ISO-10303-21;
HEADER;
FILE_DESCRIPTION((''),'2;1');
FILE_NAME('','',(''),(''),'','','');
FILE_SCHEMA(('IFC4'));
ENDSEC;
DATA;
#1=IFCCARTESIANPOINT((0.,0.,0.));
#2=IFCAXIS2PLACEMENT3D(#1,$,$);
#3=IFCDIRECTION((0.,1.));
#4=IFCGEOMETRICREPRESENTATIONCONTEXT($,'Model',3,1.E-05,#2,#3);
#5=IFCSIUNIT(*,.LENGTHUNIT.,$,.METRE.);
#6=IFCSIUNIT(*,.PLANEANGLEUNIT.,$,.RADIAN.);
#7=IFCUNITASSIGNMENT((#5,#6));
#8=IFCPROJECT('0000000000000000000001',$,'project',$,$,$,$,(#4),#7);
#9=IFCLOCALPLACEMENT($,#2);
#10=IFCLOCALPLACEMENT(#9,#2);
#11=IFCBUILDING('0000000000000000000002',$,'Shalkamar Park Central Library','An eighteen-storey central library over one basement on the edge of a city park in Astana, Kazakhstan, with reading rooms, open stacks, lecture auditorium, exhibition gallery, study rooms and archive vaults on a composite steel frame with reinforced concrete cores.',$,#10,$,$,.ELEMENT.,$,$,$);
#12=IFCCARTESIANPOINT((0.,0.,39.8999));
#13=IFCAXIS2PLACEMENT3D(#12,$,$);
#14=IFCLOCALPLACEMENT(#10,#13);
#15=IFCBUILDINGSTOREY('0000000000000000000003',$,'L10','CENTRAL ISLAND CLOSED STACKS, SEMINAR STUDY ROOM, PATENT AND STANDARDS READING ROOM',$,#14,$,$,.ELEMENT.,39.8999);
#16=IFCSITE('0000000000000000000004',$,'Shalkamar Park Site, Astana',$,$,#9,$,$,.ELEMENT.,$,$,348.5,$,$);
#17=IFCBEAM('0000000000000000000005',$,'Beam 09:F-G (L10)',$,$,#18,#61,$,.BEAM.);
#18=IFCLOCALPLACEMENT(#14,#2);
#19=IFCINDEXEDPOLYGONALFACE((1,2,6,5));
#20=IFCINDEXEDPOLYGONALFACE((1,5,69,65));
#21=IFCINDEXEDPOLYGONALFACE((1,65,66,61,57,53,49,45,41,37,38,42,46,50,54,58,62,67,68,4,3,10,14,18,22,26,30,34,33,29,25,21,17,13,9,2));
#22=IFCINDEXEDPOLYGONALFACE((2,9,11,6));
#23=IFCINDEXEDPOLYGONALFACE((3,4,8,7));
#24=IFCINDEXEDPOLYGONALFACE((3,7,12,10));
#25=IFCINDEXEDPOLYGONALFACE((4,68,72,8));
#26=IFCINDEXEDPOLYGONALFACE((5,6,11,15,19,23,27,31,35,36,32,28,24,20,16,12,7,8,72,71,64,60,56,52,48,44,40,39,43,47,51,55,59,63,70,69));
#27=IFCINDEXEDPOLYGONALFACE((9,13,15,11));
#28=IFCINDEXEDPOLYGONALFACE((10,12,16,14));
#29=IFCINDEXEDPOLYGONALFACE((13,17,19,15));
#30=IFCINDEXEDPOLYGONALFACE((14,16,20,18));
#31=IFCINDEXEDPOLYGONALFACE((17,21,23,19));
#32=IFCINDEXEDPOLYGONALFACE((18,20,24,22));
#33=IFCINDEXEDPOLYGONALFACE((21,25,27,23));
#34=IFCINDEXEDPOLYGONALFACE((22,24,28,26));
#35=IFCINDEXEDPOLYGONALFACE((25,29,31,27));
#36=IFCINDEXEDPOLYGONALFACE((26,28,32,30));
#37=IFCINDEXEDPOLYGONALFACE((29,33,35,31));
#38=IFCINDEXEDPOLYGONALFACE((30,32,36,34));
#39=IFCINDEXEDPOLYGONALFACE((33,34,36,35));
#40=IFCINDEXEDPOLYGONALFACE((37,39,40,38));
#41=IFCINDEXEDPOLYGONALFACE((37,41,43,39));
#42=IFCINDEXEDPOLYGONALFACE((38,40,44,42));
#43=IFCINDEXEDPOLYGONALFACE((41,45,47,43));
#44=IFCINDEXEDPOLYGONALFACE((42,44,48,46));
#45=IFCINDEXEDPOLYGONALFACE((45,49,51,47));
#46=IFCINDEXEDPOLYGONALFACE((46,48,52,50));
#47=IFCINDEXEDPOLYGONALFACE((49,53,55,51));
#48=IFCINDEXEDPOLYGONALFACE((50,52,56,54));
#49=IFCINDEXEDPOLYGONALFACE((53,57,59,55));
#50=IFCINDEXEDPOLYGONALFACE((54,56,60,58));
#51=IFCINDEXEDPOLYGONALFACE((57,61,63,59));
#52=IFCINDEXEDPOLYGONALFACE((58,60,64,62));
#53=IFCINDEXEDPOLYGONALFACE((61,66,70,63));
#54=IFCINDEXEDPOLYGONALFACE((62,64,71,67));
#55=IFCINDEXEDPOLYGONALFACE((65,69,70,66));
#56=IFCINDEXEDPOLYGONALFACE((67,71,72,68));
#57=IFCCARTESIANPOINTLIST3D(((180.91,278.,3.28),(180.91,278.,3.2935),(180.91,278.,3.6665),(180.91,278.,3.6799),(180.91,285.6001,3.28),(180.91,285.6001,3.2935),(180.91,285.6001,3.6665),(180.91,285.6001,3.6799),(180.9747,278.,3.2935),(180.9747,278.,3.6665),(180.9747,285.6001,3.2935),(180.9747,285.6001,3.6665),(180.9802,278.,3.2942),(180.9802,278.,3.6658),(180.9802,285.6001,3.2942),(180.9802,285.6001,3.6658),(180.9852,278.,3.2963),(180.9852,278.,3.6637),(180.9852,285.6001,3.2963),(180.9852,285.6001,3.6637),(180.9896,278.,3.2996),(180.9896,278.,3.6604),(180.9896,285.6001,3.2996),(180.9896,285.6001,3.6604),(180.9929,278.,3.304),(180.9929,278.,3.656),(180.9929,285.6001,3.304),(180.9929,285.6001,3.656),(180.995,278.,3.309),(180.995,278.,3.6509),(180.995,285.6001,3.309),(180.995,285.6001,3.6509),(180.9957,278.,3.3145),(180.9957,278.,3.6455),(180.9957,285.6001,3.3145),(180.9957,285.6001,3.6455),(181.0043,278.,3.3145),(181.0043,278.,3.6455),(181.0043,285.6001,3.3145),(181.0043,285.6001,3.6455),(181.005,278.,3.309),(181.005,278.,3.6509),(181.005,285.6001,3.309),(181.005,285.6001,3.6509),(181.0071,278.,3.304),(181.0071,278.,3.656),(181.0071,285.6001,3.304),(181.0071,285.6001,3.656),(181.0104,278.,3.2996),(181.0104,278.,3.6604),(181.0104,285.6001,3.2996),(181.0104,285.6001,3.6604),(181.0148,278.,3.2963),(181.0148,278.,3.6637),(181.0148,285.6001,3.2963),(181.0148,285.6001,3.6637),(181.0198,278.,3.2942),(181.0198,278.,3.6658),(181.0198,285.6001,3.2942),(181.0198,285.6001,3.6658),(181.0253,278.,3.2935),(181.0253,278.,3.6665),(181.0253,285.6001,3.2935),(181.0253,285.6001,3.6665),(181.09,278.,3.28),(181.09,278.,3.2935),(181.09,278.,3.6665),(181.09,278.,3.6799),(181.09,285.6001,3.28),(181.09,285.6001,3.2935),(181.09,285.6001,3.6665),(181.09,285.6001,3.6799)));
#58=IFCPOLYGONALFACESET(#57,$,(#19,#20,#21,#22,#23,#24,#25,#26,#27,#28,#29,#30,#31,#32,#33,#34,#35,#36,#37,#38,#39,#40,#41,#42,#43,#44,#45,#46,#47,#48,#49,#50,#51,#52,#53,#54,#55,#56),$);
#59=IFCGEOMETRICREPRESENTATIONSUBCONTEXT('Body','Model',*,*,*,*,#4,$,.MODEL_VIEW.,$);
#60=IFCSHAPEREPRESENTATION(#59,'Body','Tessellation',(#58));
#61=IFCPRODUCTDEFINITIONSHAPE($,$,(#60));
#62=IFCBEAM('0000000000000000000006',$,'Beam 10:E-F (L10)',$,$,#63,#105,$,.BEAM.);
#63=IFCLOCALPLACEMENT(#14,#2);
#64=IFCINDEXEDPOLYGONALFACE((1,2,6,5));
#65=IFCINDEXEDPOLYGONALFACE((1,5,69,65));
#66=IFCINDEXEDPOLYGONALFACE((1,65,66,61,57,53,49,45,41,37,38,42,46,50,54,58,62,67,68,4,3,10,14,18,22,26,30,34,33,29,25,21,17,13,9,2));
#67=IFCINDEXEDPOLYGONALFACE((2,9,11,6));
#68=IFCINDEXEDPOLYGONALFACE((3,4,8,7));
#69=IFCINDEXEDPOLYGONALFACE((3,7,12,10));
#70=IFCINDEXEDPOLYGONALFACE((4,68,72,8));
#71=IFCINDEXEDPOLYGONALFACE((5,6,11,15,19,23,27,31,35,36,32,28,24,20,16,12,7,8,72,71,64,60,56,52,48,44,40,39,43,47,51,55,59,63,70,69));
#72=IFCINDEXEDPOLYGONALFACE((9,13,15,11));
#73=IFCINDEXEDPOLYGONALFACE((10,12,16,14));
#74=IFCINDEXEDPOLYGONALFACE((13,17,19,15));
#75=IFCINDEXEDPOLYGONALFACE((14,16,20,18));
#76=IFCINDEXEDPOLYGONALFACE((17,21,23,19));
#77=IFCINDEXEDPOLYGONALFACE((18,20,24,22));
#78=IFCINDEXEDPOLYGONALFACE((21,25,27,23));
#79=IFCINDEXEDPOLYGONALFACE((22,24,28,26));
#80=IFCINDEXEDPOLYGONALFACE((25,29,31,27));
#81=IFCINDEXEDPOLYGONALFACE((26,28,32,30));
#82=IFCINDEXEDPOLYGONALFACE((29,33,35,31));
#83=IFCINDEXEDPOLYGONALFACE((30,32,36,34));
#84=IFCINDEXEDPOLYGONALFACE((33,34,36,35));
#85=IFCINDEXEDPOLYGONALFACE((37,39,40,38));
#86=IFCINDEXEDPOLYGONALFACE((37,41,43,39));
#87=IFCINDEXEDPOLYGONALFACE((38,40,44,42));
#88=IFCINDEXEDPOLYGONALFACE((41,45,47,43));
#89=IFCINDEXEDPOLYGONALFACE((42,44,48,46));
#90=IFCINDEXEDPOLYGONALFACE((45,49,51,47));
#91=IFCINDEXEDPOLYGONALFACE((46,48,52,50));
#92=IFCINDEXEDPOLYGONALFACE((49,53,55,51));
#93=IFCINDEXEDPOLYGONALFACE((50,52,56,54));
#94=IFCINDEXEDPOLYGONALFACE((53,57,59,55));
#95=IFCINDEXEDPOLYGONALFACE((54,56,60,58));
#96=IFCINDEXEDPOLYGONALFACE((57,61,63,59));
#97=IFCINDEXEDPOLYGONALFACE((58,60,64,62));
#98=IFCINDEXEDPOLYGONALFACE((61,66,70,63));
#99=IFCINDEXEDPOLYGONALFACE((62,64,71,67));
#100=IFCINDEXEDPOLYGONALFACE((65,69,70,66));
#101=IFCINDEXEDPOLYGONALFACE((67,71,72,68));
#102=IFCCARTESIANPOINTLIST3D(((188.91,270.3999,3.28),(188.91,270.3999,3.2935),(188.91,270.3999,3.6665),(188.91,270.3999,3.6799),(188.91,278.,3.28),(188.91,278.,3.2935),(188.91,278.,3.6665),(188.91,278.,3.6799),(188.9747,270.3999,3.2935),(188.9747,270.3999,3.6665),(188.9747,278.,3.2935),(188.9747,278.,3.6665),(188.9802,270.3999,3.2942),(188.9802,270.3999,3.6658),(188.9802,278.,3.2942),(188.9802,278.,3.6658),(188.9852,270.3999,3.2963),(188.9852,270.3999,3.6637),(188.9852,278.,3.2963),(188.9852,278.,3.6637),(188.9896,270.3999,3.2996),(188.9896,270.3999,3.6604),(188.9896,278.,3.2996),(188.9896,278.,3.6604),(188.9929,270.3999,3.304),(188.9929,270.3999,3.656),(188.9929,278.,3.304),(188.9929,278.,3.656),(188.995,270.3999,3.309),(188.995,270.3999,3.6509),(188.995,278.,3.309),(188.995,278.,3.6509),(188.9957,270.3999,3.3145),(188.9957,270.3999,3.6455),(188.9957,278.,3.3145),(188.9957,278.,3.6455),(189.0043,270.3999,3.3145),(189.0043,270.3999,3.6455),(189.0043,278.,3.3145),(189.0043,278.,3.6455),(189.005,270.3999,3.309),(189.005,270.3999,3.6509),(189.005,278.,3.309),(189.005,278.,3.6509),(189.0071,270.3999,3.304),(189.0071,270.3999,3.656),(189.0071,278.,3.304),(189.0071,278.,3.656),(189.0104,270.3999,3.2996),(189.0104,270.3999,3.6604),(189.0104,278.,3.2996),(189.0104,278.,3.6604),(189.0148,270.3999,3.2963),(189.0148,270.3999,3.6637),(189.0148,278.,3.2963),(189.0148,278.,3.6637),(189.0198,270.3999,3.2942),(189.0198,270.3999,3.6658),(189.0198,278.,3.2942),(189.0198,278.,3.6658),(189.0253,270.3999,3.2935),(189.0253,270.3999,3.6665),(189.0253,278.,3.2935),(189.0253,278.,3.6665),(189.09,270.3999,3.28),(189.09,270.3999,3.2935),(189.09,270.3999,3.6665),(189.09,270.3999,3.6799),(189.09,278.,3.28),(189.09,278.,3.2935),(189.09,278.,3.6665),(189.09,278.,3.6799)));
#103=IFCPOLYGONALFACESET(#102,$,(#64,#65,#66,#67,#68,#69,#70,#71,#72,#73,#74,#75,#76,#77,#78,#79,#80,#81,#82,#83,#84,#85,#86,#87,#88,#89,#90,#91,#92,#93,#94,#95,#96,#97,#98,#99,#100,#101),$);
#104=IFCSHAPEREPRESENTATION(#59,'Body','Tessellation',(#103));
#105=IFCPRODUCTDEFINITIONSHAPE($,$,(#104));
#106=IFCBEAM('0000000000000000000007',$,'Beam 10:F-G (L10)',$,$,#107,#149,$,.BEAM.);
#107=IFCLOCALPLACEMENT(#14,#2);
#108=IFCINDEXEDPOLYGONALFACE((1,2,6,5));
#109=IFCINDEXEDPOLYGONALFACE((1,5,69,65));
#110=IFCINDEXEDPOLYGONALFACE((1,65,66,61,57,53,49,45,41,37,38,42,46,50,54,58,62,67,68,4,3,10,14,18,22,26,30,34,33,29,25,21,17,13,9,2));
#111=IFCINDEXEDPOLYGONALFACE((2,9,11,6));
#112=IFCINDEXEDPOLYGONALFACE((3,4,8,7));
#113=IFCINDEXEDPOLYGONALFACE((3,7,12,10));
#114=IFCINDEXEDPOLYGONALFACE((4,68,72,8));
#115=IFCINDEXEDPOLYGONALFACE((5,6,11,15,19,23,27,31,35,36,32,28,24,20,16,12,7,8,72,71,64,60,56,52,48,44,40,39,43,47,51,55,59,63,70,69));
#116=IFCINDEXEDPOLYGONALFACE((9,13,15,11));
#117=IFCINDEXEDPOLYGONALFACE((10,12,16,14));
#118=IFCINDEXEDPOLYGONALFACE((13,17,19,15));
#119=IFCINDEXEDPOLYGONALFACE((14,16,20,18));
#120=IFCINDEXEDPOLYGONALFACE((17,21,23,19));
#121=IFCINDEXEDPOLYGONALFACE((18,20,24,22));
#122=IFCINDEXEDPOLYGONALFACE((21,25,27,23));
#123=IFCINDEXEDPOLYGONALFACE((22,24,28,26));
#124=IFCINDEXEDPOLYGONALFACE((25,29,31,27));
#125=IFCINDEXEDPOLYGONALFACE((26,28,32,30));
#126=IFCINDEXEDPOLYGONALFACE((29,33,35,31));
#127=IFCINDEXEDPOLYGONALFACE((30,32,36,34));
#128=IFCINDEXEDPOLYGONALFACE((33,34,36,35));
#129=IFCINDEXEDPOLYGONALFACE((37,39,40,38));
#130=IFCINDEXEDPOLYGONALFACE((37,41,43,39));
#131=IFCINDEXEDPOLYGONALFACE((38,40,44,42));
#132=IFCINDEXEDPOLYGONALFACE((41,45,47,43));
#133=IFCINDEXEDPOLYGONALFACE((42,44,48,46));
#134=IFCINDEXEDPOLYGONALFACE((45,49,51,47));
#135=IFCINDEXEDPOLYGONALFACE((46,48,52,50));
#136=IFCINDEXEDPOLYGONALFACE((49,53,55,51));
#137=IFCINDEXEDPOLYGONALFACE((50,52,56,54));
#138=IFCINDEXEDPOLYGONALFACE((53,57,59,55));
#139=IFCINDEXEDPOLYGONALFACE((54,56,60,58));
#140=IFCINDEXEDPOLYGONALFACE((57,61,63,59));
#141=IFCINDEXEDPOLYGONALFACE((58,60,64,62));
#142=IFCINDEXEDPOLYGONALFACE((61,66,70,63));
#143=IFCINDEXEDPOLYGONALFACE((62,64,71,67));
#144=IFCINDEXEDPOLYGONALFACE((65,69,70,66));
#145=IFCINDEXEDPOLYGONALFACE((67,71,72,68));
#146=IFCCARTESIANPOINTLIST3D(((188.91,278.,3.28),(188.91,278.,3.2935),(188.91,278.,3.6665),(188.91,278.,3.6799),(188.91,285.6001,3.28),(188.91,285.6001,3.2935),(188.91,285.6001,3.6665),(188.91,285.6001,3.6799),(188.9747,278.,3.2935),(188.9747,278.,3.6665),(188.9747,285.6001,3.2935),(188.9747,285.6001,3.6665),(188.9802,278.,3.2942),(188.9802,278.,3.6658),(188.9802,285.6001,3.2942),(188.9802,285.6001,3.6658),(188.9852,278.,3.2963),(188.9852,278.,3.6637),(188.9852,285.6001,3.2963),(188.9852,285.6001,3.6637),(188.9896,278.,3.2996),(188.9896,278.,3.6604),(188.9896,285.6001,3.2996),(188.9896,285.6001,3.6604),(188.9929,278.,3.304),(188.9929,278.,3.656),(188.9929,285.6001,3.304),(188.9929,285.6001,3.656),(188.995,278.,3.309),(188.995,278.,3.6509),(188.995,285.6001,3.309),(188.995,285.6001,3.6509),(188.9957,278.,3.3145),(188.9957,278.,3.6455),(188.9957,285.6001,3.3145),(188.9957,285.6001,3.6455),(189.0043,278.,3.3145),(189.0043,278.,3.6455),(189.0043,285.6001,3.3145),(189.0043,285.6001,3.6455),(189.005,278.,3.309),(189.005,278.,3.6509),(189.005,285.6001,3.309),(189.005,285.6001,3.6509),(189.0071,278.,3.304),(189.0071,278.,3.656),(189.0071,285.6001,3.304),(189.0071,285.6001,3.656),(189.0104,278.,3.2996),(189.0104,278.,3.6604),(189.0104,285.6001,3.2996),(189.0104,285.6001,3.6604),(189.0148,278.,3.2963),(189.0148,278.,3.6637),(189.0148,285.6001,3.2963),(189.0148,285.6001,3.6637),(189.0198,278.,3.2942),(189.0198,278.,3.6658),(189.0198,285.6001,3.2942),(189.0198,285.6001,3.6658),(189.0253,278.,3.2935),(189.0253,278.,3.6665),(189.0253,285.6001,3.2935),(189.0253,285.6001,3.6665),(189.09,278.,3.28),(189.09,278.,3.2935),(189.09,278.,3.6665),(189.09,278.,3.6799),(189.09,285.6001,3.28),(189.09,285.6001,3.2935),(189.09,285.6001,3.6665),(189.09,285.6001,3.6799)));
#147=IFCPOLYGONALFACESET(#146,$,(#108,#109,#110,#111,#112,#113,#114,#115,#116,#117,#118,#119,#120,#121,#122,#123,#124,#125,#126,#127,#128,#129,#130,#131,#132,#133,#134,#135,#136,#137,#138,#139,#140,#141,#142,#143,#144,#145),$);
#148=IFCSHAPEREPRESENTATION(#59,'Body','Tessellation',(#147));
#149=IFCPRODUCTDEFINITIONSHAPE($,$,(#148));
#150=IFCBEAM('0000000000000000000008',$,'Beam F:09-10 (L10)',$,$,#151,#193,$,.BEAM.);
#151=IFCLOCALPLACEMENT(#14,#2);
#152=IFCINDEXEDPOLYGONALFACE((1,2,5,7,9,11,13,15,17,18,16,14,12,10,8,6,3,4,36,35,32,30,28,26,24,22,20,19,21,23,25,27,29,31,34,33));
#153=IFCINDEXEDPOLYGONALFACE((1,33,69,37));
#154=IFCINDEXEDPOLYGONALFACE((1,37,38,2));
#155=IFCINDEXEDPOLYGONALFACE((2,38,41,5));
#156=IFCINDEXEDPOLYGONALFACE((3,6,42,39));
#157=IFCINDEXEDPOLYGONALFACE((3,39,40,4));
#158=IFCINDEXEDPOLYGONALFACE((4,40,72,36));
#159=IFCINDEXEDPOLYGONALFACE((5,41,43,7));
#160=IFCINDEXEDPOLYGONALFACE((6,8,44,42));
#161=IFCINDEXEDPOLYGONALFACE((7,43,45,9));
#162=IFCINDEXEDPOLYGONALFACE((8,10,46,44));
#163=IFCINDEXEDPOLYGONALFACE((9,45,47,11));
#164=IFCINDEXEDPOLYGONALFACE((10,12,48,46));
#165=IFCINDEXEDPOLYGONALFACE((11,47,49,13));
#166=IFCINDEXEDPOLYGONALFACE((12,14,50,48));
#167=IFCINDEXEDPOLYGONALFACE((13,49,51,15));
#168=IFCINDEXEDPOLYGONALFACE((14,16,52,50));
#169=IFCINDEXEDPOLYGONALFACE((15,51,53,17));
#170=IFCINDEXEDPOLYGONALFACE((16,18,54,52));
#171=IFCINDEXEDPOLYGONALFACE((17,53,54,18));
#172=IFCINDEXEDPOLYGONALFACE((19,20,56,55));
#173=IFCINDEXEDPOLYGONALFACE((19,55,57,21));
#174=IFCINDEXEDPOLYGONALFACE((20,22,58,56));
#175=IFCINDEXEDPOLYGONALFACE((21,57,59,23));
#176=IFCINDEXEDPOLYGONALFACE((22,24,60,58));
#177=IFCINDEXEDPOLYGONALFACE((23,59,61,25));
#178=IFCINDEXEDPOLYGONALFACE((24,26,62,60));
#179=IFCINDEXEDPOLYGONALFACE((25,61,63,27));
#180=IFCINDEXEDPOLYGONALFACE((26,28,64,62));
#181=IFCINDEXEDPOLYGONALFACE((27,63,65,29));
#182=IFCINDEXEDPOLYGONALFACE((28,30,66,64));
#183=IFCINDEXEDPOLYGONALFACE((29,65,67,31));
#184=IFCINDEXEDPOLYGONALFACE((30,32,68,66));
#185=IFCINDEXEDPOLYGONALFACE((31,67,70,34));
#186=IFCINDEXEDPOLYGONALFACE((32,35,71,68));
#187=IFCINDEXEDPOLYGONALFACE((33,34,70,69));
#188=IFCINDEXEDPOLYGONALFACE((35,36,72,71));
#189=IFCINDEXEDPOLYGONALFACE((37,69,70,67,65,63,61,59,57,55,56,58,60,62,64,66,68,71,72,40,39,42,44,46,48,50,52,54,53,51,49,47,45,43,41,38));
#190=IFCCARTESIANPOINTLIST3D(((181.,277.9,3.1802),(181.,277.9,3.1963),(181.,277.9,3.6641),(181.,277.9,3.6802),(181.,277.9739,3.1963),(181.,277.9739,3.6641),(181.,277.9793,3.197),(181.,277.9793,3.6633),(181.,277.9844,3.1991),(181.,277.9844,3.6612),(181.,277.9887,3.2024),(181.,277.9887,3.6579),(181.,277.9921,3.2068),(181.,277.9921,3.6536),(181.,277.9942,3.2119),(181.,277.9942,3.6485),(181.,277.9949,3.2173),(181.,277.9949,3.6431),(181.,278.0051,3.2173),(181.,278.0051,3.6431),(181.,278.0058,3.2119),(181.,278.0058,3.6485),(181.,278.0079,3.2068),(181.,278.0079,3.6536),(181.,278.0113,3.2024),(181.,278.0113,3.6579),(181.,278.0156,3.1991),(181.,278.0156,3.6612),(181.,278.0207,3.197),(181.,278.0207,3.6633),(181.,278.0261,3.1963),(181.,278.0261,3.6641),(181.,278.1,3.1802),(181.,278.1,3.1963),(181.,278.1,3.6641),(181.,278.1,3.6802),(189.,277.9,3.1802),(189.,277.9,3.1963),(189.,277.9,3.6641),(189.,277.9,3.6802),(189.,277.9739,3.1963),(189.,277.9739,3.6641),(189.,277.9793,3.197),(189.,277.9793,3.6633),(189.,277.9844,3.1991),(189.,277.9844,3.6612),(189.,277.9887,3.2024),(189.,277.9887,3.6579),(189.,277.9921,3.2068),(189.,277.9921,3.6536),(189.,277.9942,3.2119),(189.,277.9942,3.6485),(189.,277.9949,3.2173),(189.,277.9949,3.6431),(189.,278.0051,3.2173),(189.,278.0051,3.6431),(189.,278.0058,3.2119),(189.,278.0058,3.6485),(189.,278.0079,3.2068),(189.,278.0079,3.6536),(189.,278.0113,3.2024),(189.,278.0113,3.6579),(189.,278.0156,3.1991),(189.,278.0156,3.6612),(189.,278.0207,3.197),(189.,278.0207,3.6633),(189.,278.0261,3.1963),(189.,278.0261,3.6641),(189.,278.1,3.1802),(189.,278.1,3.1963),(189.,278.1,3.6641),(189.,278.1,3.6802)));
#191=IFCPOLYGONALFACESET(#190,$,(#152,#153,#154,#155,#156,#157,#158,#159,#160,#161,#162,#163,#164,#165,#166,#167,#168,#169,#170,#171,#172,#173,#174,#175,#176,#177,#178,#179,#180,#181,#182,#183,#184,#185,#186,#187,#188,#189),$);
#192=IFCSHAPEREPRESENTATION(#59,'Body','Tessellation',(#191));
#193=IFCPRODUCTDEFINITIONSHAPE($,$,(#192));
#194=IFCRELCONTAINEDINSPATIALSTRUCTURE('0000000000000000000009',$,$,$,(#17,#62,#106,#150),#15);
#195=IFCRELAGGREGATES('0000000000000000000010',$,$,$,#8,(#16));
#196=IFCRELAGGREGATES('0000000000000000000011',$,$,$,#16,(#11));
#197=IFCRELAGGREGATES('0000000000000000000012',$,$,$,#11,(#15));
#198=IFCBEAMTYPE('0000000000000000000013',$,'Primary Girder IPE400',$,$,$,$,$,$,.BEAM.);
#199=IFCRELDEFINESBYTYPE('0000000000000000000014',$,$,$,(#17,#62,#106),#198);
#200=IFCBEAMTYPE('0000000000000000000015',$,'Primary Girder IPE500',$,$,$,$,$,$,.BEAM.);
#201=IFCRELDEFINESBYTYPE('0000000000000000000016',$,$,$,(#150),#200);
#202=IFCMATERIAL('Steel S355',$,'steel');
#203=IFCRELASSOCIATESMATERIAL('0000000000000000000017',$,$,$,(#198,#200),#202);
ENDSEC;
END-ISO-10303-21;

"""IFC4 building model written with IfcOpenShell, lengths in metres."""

from ifc_helpers import new_model, si_unit, direction, frame, origin, origin_2d, place, context, subcontext, project, spatial, i_section, extrude, material, material_profile, profile_set, type_object, element, save


model = new_model("IFC4")

# Units and contexts
model_context = context("Model", 3, precision=1e-05, world=origin(), true_north=direction((0.0, 1.0)))
body_context = subcontext(model_context, "Body", "Model", "MODEL_VIEW")
ifc_project = project(units=[si_unit("LENGTHUNIT", "METRE"), si_unit("PLANEANGLEUNIT", "RADIAN")], contexts=[model_context])

# Site, building, storey
site_placement = place(None, origin())
site = spatial("IfcSite", under=ifc_project, at=site_placement, Name="Shalkamar Park Site, Astana", CompositionType="ELEMENT", RefElevation=348.5)
building_placement = place(site_placement, origin())
building = spatial("IfcBuilding", under=site, at=building_placement, Name="Shalkamar Park Central Library", Description="An eighteen-storey central library over one basement on the edge of a city park in Astana, Kazakhstan, with reading rooms, open stacks, lecture auditorium, exhibition gallery, study rooms and archive vaults on a composite steel frame with reinforced concrete cores.", CompositionType="ELEMENT")
storey_placement = place(building_placement, frame((0.0, 0.0, 39.8999)))
storey = spatial("IfcBuildingStorey", under=building, at=storey_placement, Name="L10", Description="CENTRAL ISLAND CLOSED STACKS, SEMINAR STUDY ROOM, PATENT AND STANDARDS READING ROOM", CompositionType="ELEMENT", Elevation=39.8999)

# Shared definitions
ifc_material_1 = material(Name="Steel S355", Category="steel")

# Beams
ifc_material_profile_1 = material_profile(ifc_material_1, i_section(OverallWidth=0.1799, OverallDepth=0.3999, WebThickness=0.0085, FlangeThickness=0.0134, FilletRadius=0.021, at=origin_2d()), Name="IPE 400")
ifc_profile_set_1 = profile_set([ifc_material_profile_1], Name="Steel S355")
beam_type_1 = type_object("IfcBeamType", Name="Primary Girder IPE400", PredefinedType="BEAM", material=ifc_profile_set_1)
for number, where, z_axis, x_axis, name in (
    (1, (181.0, 278.0, 3.48), (0.0, 1.0, 0.0), (-1.0, 0.0, 0.0), "Beam 09:F-G (L10)"),
    (2, (189.0, 270.3999, 3.48), (0.0, 1.0, 0.0), (-1.0, 0.0, 0.0), "Beam 10:E-F (L10)"),
    (3, (189.0, 278.0, 3.48), (0.0, 1.0, 0.0), (-1.0, 0.0, 0.0), "Beam 10:F-G (L10)"),
):
    element("IfcBeam", number, at=place(storey_placement, frame(where, z_axis=z_axis, x_axis=x_axis)), inside=storey, type_object=beam_type_1, Name=name, PredefinedType="BEAM", context=body_context, shape_type="SweptSolid", body=[
        extrude(i_section(OverallWidth=0.1799, OverallDepth=0.3999, WebThickness=0.0085, FlangeThickness=0.0134, FilletRadius=0.021, at=origin_2d()), origin(), (0.0, 0.0, 1.0), 7.6001),
    ])
ifc_material_profile_2 = material_profile(ifc_material_1, i_section(OverallWidth=0.2, OverallDepth=0.5, WebThickness=0.0103, FlangeThickness=0.0161, FilletRadius=0.021, at=origin_2d()), Name="IPE 500")
ifc_profile_set_2 = profile_set([ifc_material_profile_2], Name="Steel S355")
beam_type_2 = type_object("IfcBeamType", Name="Primary Girder IPE500", PredefinedType="BEAM", material=ifc_profile_set_2)
for number, where, z_axis, x_axis, name in (
    (4, (181.0, 278.0, 3.4302), (1.0, 0.0, 0.0), (0.0, 1.0, 0.0), "Beam F:09-10 (L10)"),
):
    element("IfcBeam", number, at=place(storey_placement, frame(where, z_axis=z_axis, x_axis=x_axis)), inside=storey, type_object=beam_type_2, Name=name, PredefinedType="BEAM", context=body_context, shape_type="SweptSolid", body=[
        extrude(i_section(OverallWidth=0.2, OverallDepth=0.5, WebThickness=0.0103, FlangeThickness=0.0161, FilletRadius=0.021, at=origin_2d()), origin(), (0.0, 0.0, 1.0), 8.0),
    ])

save(model, "model.ifc")
